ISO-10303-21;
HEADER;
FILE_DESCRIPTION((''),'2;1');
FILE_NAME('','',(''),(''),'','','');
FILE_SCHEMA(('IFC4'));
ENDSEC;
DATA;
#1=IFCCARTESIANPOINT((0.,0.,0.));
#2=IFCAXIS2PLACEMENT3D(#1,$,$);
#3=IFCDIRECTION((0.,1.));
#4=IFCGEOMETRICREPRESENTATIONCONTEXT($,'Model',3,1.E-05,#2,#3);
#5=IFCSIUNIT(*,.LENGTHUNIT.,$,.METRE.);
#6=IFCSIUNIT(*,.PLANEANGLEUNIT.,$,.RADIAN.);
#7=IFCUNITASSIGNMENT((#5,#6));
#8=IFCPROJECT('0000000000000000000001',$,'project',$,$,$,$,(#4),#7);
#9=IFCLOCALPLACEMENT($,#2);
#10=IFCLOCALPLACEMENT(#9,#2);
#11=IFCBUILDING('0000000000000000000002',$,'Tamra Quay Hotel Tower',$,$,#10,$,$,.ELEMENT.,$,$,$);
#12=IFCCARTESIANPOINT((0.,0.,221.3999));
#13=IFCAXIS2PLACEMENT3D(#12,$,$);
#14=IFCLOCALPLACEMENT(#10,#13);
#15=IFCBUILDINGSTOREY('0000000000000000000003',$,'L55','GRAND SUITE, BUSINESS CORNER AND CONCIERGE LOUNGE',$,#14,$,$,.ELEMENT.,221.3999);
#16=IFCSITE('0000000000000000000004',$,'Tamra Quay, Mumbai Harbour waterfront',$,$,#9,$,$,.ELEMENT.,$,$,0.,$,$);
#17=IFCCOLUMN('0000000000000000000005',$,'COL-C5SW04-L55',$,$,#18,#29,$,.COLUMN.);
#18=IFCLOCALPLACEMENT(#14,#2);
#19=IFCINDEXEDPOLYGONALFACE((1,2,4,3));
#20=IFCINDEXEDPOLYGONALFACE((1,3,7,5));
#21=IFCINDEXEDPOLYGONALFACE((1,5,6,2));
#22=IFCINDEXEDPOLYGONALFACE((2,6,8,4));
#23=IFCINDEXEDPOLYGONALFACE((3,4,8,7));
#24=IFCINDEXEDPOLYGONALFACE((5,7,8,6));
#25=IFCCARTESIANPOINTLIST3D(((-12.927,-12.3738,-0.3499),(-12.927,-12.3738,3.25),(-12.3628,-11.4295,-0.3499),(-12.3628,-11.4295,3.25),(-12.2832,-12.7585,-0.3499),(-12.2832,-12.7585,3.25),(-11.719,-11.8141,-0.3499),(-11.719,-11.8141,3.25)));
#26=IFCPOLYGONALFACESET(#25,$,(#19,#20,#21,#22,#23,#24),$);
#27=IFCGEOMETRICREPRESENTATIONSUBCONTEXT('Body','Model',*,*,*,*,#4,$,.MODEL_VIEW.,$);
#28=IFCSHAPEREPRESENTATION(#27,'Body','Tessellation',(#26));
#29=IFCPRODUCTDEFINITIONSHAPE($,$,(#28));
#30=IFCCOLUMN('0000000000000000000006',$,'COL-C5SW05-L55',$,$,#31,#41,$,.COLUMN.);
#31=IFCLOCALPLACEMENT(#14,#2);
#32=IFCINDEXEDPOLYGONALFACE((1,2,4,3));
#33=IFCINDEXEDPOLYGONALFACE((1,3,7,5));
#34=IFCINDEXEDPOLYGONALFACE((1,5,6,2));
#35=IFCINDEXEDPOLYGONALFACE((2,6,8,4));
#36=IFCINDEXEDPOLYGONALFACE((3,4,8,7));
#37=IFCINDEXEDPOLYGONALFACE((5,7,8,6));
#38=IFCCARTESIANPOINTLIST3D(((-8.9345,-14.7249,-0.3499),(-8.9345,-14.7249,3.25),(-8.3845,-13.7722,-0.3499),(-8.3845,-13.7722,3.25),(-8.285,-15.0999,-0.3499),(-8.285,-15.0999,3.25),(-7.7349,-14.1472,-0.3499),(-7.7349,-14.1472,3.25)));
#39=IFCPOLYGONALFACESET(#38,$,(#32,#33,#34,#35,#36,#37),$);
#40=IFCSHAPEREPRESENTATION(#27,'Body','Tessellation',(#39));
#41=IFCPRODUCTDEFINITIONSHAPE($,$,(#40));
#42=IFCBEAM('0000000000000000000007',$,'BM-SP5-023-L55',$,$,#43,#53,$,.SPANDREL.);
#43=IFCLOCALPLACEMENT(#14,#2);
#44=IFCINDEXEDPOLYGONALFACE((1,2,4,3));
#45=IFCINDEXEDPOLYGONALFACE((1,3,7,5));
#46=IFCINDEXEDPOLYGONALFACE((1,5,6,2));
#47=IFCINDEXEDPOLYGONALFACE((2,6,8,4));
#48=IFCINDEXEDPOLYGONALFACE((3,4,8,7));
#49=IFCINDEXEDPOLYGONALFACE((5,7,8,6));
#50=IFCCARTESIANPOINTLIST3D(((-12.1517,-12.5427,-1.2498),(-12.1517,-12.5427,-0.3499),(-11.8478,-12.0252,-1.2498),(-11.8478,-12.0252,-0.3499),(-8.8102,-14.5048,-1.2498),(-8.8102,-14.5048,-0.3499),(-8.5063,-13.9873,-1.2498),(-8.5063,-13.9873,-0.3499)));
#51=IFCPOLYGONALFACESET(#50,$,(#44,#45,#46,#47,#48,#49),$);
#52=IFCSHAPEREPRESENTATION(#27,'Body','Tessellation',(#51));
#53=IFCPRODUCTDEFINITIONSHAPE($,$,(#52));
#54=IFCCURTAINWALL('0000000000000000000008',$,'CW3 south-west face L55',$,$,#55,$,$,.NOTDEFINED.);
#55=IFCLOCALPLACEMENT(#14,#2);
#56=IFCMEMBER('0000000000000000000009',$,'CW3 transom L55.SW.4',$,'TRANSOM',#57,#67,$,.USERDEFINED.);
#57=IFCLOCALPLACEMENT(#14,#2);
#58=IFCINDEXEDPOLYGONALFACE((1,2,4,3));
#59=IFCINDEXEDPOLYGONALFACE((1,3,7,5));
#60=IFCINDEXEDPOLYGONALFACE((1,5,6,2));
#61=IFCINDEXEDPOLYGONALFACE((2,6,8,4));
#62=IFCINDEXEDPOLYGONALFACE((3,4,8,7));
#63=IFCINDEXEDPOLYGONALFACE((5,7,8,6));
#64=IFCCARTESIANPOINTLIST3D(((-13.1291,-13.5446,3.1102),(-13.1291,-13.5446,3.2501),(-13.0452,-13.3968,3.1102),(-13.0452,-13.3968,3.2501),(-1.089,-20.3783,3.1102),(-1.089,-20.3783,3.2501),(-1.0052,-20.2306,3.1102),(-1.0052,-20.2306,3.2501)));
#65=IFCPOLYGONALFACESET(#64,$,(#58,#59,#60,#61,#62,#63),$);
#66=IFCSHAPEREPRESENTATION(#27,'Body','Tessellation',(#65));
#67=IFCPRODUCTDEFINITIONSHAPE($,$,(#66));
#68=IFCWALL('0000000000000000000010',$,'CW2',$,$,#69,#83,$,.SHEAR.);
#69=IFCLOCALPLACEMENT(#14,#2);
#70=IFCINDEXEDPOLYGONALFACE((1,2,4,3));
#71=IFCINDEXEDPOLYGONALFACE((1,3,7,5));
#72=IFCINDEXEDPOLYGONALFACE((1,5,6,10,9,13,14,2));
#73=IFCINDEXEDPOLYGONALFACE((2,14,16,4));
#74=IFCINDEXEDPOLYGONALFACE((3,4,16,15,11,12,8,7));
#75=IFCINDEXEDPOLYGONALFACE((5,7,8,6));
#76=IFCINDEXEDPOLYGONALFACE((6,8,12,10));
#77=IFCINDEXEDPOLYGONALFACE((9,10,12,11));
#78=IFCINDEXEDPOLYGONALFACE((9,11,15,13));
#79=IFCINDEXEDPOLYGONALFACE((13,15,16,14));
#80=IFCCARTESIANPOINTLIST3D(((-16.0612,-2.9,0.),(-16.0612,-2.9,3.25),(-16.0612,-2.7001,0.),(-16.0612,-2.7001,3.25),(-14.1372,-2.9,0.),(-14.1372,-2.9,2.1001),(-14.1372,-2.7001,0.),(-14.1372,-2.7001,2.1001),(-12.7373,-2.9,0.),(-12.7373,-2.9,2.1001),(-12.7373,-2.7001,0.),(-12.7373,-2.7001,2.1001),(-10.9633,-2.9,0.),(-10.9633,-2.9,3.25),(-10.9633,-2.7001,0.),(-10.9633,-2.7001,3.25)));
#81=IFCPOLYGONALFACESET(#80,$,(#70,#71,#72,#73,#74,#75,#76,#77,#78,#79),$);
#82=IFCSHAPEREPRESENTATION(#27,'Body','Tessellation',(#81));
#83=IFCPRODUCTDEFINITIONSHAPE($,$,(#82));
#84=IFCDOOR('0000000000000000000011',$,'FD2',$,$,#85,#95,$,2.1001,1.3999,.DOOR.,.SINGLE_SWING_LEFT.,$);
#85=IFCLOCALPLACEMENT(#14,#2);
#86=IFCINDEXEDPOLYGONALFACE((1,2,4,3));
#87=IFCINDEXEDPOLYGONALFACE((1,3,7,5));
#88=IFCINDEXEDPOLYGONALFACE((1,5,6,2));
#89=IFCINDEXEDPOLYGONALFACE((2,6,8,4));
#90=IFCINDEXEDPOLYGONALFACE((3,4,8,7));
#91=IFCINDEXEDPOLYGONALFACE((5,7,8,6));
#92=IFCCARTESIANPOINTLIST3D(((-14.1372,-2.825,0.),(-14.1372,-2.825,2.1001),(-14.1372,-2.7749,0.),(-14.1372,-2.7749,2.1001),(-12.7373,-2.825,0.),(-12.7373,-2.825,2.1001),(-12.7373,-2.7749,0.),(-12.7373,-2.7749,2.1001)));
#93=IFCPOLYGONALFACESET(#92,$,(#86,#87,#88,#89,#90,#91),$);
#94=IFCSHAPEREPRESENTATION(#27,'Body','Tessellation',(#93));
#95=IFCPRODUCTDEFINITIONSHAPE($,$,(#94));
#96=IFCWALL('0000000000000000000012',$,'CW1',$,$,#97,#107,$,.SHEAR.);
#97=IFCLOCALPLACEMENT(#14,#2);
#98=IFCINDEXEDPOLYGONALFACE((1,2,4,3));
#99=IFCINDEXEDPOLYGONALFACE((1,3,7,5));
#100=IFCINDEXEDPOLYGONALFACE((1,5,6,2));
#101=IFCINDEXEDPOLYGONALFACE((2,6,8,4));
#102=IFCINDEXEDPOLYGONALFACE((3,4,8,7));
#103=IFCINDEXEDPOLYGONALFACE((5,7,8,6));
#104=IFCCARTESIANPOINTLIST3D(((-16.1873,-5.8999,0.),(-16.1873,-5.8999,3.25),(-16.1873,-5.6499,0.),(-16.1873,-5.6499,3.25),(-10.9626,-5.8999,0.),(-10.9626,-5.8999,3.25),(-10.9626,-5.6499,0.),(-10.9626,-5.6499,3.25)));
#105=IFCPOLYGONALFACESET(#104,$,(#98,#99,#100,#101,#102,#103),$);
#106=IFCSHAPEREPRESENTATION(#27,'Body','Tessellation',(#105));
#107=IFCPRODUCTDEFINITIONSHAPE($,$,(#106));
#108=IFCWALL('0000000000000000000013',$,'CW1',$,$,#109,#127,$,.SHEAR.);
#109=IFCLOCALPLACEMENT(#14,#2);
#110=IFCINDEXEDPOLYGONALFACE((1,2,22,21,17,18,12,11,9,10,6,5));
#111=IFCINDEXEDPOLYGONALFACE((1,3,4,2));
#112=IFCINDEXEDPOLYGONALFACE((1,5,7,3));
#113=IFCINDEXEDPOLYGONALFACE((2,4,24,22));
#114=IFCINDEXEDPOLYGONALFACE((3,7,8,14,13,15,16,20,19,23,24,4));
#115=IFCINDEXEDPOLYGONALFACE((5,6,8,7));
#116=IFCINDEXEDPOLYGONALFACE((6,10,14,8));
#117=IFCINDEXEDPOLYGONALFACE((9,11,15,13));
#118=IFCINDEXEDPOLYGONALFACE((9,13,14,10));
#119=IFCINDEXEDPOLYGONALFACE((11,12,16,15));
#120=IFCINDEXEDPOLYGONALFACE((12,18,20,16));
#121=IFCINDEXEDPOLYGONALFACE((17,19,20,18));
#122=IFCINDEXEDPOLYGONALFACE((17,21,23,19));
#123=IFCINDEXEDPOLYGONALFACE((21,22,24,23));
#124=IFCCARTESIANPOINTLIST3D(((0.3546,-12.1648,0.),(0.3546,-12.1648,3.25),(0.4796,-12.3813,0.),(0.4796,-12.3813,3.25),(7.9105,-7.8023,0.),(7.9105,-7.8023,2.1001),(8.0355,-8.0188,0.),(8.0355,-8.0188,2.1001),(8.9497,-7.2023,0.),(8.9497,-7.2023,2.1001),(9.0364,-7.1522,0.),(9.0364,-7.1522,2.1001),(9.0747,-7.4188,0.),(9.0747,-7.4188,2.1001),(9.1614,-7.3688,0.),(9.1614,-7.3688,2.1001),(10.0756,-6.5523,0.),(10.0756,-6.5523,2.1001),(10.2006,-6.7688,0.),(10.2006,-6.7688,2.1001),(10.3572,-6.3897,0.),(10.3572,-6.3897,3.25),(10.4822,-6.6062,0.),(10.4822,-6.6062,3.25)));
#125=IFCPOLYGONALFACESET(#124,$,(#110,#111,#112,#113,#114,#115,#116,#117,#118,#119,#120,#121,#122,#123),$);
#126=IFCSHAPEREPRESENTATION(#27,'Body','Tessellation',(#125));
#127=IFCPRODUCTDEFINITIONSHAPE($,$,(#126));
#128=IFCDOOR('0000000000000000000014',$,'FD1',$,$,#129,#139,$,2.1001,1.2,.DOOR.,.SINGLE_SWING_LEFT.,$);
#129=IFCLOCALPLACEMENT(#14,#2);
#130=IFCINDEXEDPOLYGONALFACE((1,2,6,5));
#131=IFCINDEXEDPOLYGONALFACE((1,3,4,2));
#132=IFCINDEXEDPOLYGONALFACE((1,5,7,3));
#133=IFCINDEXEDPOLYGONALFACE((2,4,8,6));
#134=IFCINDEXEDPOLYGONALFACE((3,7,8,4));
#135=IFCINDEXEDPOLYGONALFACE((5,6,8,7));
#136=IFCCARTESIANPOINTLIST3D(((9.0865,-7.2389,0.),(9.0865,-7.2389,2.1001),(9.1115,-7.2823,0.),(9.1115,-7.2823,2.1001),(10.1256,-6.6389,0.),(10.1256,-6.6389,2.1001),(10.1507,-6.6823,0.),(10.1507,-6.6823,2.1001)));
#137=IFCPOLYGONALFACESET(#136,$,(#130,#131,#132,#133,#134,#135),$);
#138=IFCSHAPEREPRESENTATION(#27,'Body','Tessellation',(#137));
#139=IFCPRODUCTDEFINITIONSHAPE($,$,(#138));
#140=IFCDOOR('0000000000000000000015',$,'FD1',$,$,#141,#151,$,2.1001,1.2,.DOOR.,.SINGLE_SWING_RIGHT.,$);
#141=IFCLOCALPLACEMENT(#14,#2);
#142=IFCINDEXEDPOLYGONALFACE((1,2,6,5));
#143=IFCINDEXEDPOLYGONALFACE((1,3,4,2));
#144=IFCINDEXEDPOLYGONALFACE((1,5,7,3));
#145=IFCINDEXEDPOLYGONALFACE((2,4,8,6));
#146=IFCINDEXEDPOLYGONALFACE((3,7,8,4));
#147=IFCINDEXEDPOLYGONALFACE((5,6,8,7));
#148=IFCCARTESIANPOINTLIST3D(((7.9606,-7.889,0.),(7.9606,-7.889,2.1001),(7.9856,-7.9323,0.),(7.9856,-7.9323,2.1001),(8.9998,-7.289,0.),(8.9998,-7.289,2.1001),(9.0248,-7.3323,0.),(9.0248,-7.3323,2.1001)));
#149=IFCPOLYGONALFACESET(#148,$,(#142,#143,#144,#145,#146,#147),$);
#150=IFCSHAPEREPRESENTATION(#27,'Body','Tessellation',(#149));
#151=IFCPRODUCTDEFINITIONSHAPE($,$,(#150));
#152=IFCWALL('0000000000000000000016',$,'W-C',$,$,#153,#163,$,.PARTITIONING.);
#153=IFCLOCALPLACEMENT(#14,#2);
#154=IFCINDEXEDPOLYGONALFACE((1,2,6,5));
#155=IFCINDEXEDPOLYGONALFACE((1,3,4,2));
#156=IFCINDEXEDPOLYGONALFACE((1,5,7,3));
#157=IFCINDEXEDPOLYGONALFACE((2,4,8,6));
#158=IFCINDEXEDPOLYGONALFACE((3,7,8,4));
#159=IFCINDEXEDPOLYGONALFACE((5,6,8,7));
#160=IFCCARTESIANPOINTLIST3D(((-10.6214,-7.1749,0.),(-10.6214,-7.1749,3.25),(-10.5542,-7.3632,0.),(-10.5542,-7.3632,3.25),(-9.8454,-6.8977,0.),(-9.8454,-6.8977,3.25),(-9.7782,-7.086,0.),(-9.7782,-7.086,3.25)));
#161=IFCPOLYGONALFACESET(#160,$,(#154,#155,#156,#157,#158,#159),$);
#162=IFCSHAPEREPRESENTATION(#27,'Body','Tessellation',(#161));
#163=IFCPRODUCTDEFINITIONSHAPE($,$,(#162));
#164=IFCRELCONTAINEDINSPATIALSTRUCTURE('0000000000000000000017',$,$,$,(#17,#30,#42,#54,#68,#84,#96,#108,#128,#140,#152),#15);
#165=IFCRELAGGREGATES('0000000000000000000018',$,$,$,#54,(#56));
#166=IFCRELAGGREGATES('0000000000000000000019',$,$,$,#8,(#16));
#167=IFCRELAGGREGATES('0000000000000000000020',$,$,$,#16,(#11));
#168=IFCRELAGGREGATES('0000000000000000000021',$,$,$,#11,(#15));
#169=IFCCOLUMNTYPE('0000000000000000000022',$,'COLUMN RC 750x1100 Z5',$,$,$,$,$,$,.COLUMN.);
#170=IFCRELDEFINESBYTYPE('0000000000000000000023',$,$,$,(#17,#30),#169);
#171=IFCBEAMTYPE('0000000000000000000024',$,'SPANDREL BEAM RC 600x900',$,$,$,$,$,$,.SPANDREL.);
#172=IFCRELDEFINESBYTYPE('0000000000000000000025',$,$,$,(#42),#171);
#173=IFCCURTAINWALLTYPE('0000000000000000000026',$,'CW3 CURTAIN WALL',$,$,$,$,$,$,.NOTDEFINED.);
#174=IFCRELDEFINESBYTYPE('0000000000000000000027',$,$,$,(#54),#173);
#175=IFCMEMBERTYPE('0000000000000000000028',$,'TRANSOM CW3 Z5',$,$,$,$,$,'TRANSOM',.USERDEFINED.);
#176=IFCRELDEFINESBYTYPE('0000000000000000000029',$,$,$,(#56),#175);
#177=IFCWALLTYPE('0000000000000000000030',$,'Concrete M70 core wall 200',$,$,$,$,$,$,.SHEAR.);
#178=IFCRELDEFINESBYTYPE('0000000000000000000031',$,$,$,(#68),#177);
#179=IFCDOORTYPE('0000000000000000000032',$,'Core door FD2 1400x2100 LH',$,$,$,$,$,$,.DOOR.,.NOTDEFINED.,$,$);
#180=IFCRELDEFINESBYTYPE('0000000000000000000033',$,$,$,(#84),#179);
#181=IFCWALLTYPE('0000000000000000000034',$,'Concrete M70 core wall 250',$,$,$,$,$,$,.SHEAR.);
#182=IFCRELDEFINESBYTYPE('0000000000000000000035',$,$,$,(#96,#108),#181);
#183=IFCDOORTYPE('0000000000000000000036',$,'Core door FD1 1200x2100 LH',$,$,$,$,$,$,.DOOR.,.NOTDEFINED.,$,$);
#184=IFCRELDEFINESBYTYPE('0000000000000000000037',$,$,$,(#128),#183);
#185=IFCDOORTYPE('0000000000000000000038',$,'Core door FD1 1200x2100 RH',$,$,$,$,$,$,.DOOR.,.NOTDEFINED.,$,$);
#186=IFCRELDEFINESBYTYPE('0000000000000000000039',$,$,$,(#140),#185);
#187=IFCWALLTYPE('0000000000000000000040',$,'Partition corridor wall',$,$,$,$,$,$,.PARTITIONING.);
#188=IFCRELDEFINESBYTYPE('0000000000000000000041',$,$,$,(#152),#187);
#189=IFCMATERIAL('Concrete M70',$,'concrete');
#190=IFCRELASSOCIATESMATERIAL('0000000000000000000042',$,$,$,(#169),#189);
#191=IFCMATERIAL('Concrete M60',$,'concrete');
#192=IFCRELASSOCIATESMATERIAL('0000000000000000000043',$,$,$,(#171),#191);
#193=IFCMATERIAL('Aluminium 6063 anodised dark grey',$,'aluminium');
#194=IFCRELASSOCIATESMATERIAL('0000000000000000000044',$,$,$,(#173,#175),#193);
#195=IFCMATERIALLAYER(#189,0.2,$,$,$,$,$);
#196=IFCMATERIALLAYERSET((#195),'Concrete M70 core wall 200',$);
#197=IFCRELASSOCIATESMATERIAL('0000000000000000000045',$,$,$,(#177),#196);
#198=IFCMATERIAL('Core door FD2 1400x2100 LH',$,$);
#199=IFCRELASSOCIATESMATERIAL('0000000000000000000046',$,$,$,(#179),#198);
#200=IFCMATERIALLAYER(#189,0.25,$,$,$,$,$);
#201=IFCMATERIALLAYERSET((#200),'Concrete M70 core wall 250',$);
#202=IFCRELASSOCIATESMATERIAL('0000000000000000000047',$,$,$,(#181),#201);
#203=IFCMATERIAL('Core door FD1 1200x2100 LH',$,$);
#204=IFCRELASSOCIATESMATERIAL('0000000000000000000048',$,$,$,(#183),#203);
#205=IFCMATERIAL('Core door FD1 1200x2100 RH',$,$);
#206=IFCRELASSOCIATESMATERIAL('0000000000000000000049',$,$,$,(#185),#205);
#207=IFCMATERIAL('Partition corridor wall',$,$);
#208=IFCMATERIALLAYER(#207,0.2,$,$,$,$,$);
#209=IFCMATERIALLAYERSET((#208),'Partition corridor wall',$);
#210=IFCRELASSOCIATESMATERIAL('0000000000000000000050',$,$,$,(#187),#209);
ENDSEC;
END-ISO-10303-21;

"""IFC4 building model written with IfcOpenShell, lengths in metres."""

from ifc_helpers import new_model, si_unit, direction, frame, frame_2d, origin, origin_2d, place, context, subcontext, project, spatial, rectangle, extrude, material, layer, layer_set, material_profile, profile_set, type_object, element, fill, aggregate, save


model = new_model("IFC4")

# Units and contexts
model_context = context("Model", 3, precision=1e-05, world=origin(), true_north=direction((0.0, 1.0)))
body_context = subcontext(model_context, "Body", "Model", "MODEL_VIEW")
ifc_project = project(units=[si_unit("LENGTHUNIT", "METRE"), si_unit("PLANEANGLEUNIT", "RADIAN")], contexts=[model_context])

# Site, building, storey
site_placement = place(None, origin())
site = spatial("IfcSite", under=ifc_project, at=site_placement, Name="Tamra Quay, Mumbai Harbour waterfront", CompositionType="ELEMENT", RefElevation=0.0)
building_placement = place(site_placement, origin())
building = spatial("IfcBuilding", under=site, at=building_placement, Name="Tamra Quay Hotel Tower", CompositionType="ELEMENT")
storey_placement = place(building_placement, frame((0.0, 0.0, 221.3999)))
storey = spatial("IfcBuildingStorey", under=building, at=storey_placement, Name="L55", Description="GRAND SUITE, BUSINESS CORNER AND CONCIERGE LOUNGE", CompositionType="ELEMENT", Elevation=221.3999)

# Columns
ifc_material_1 = material(Name="Concrete M70", Category="concrete")
ifc_material_profile_1 = material_profile(ifc_material_1, rectangle(XDim=1.1001, YDim=0.75, at=origin_2d()), Name="COLUMN RC 750x1100 Z5")
ifc_profile_set_1 = profile_set([ifc_material_profile_1], Name="Concrete M70")
column_type = type_object("IfcColumnType", Name="COLUMN RC 750x1100 Z5", PredefinedType="COLUMN", material=ifc_profile_set_1)
for number, where, z_axis, x_axis, name in (
    (1, (-12.323, -12.094, -0.3499), (0.0, 0.0, 1.0), (0.512899, 0.858449, 0.0), "COL-C5SW04-L55"),
    (2, (-8.3347, -14.436, -0.3499), (0.0, 0.0, 1.0), (0.5, 0.866025, 0.0), "COL-C5SW05-L55"),
):
    element("IfcColumn", number, at=place(storey_placement, frame(where, z_axis=z_axis, x_axis=x_axis)), inside=storey, type_object=column_type, Name=name, PredefinedType="COLUMN", context=body_context, shape_type="SweptSolid", body=[
        extrude(rectangle(XDim=1.1001, YDim=0.75, at=origin_2d()), origin(), (0.0, 0.0, 1.0), 3.5999),
    ])

# Beam
ifc_material_2 = material(Name="Concrete M60", Category="concrete")
ifc_material_profile_2 = material_profile(ifc_material_2, rectangle(XDim=0.6001, YDim=0.8999, at=origin_2d()), Name="SPANDREL BEAM RC 600x900")
ifc_profile_set_2 = profile_set([ifc_material_profile_2], Name="Concrete M60")
beam_type = type_object("IfcBeamType", Name="SPANDREL BEAM RC 600x900", PredefinedType="SPANDREL", material=ifc_profile_set_2)
beam_placement = place(storey_placement, frame((-11.9998, -12.2839, -0.7998), z_axis=(0.862324, -0.506356, 0.0), x_axis=(0.506356, 0.862324, 0.0)))
element("IfcBeam", 3, at=beam_placement, inside=storey, type_object=beam_type, Name="BM-SP5-023-L55", PredefinedType="SPANDREL", context=body_context, shape_type="SweptSolid", body=[
    extrude(rectangle(XDim=0.6001, YDim=0.8999, at=origin_2d()), origin(), (0.0, 0.0, 1.0), 3.875),
])

# Curtain wall, member
ifc_material_3 = material(Name="Aluminium 6063 anodised dark grey", Category="aluminium")
curtain_wall_type = type_object("IfcCurtainWallType", Name="CW3 CURTAIN WALL", PredefinedType="NOTDEFINED", material=ifc_material_3)
curtain_wall_placement = place(storey_placement, origin())
curtain_wall = element("IfcCurtainWall", 4, at=curtain_wall_placement, inside=storey, type_object=curtain_wall_type, Name="CW3 south-west face L55", PredefinedType="NOTDEFINED")
ifc_material_profile_3 = material_profile(ifc_material_3, rectangle(XDim=0.1699, YDim=0.1399, at=origin_2d()), Name="TRANSOM 170X140")
ifc_profile_set_3 = profile_set([ifc_material_profile_3], Name="Aluminium 6063 anodised dark grey")
member_type = type_object("IfcMemberType", Name="TRANSOM CW3 Z5", ElementType="TRANSOM", PredefinedType="USERDEFINED", material=ifc_profile_set_3)
member_placement = place(storey_placement, frame((-13.0872, -13.4707, 3.1802), z_axis=(0.86968, -0.493617, 0.0), x_axis=(0.493617, 0.86968, 0.0)))
member = element("IfcMember", 5, at=member_placement, type_object=member_type, Name="CW3 transom L55.SW.4", ObjectType="TRANSOM", PredefinedType="USERDEFINED", context=body_context, shape_type="SweptSolid", body=[
    extrude(rectangle(XDim=0.1699, YDim=0.1399, at=origin_2d()), origin(), (0.0, 0.0, 1.0), 13.8442),
])
aggregate(curtain_wall, [member])

# Wall, opening, door
ifc_layer_1 = layer(ifc_material_1, 0.2)
ifc_layer_set_1 = layer_set([ifc_layer_1], Name="Concrete M70 core wall 200")
wall_type_1 = type_object("IfcWallType", Name="Concrete M70 core wall 200", PredefinedType="SHEAR", material=ifc_layer_set_1)
wall_1_placement = place(storey_placement, frame((-10.9634, -2.8, 0.0), z_axis=(0.0, 0.0, 1.0), x_axis=(-1.0, 0.0, 0.0)))
wall_1 = element("IfcWall", 6, at=wall_1_placement, inside=storey, type_object=wall_type_1, Name="CW2", PredefinedType="SHEAR", context=body_context, shape_type="SweptSolid", body=[
    extrude(rectangle(XDim=5.0979, YDim=0.2, at=frame_2d((2.5488, 0.0))), origin(), (0.0, 0.0, 1.0), 3.25),
])
opening_1_placement = place(wall_1_placement, frame((1.7739, 0.0, 0.0)))
opening_1 = element("IfcOpeningElement", 7, at=opening_1_placement, cuts=wall_1, PredefinedType="OPENING", context=body_context, shape_type="SweptSolid", body=[
    extrude(rectangle(XDim=1.3999, YDim=2.1001, at=frame_2d((0.7, 1.05))), frame((0.0, 0.1099, 0.0), z_axis=(0.0, -1.0, 0.0), x_axis=(1.0, 0.0, 0.0)), (0.0, 0.0, 1.0), 0.22),
])
ifc_material_4 = material(Name="Core door FD2 1400x2100 LH")
door_type_1 = type_object("IfcDoorType", Name="Core door FD2 1400x2100 LH", OperationType="NOTDEFINED", PredefinedType="DOOR", material=ifc_material_4)
door_1_placement = place(opening_1_placement, origin())
door_1 = element("IfcDoor", 8, at=door_1_placement, inside=storey, type_object=door_type_1, Name="FD2", OperationType="SINGLE_SWING_LEFT", OverallHeight=2.1001, OverallWidth=1.3999, PredefinedType="DOOR", context=body_context, shape_type="SweptSolid", body=[
    extrude(rectangle(XDim=1.3999, YDim=2.1001, at=frame_2d((0.7, 1.05))), frame((0.0, 0.0249, 0.0), z_axis=(0.0, -1.0, 0.0), x_axis=(1.0, 0.0, 0.0)), (0.0, 0.0, 1.0), 0.05),
])
fill(opening_1, door_1)

# Wall
ifc_layer_2 = layer(ifc_material_1, 0.25)
ifc_layer_set_2 = layer_set([ifc_layer_2], Name="Concrete M70 core wall 250")
wall_type_2 = type_object("IfcWallType", Name="Concrete M70 core wall 250", PredefinedType="SHEAR", material=ifc_layer_set_2)
wall_2_placement = place(storey_placement, frame((-10.9626, -5.7749, 0.0), z_axis=(0.0, 0.0, 1.0), x_axis=(-1.0, 0.0, 0.0)))
element("IfcWall", 9, at=wall_2_placement, inside=storey, type_object=wall_type_2, Name="CW1", PredefinedType="SHEAR", context=body_context, shape_type="SweptSolid", body=[
    extrude(rectangle(XDim=5.2246, YDim=0.25, at=frame_2d((2.6123, 0.0))), origin(), (0.0, 0.0, 1.0), 3.25),
])

# Wall, openings, doors
wall_3_placement = place(storey_placement, frame((0.4172, -12.2729, 0.0), z_axis=(0.0, 0.0, 1.0), x_axis=(0.866022, 0.500006, 0.0)))
wall_3 = element("IfcWall", 10, at=wall_3_placement, inside=storey, type_object=wall_type_2, Name="CW1", PredefinedType="SHEAR", context=body_context, shape_type="SweptSolid", body=[
    extrude(rectangle(XDim=11.55, YDim=0.25, at=frame_2d((5.7749, 0.0))), origin(), (0.0, 0.0, 1.0), 3.25),
])
opening_2_placement = place(wall_3_placement, frame((10.0247, 0.0, 0.0)))
opening_2 = element("IfcOpeningElement", 11, at=opening_2_placement, cuts=wall_3, PredefinedType="OPENING", context=body_context, shape_type="SweptSolid", body=[
    extrude(rectangle(XDim=1.2, YDim=2.1001, at=frame_2d((0.6001, 1.05))), frame((0.0, 0.135, 0.0), z_axis=(0.0, -1.0, 0.0), x_axis=(1.0, 0.0, 0.0)), (0.0, 0.0, 1.0), 0.27),
])
opening_3_placement = place(wall_3_placement, frame((8.7246, 0.0, 0.0)))
opening_3 = element("IfcOpeningElement", 12, at=opening_3_placement, cuts=wall_3, PredefinedType="OPENING", context=body_context, shape_type="SweptSolid", body=[
    extrude(rectangle(XDim=1.2, YDim=2.1001, at=frame_2d((0.6001, 1.05))), frame((0.0, 0.135, 0.0), z_axis=(0.0, -1.0, 0.0), x_axis=(1.0, 0.0, 0.0)), (0.0, 0.0, 1.0), 0.27),
])
ifc_material_5 = material(Name="Core door FD1 1200x2100 LH")
door_type_2 = type_object("IfcDoorType", Name="Core door FD1 1200x2100 LH", OperationType="NOTDEFINED", PredefinedType="DOOR", material=ifc_material_5)
door_2_placement = place(opening_2_placement, origin())
door_2 = element("IfcDoor", 13, at=door_2_placement, inside=storey, type_object=door_type_2, Name="FD1", OperationType="SINGLE_SWING_LEFT", OverallHeight=2.1001, OverallWidth=1.2, PredefinedType="DOOR", context=body_context, shape_type="SweptSolid", body=[
    extrude(rectangle(XDim=1.2, YDim=2.1001, at=frame_2d((0.6001, 1.05))), frame((0.0, 0.0249, 0.0), z_axis=(0.0, -1.0, 0.0), x_axis=(1.0, 0.0, 0.0)), (0.0, 0.0, 1.0), 0.05),
])
fill(opening_2, door_2)
ifc_material_6 = material(Name="Core door FD1 1200x2100 RH")
door_type_3 = type_object("IfcDoorType", Name="Core door FD1 1200x2100 RH", OperationType="NOTDEFINED", PredefinedType="DOOR", material=ifc_material_6)
door_3_placement = place(opening_3_placement, origin())
door_3 = element("IfcDoor", 14, at=door_3_placement, inside=storey, type_object=door_type_3, Name="FD1", OperationType="SINGLE_SWING_RIGHT", OverallHeight=2.1001, OverallWidth=1.2, PredefinedType="DOOR", context=body_context, shape_type="SweptSolid", body=[
    extrude(rectangle(XDim=1.2, YDim=2.1001, at=frame_2d((0.6001, 1.05))), frame((0.0, 0.0249, 0.0), z_axis=(0.0, -1.0, 0.0), x_axis=(1.0, 0.0, 0.0)), (0.0, 0.0, 1.0), 0.05),
])
fill(opening_3, door_3)

# Wall
ifc_material_7 = material(Name="Partition corridor wall")
ifc_layer_3 = layer(ifc_material_7, 0.2)
ifc_layer_set_3 = layer_set([ifc_layer_3], Name="Partition corridor wall")
wall_type_3 = type_object("IfcWallType", Name="Partition corridor wall", PredefinedType="PARTITIONING", material=ifc_layer_set_3)
wall_4_placement = place(storey_placement, frame((-10.5879, -7.269, 0.0), z_axis=(0.0, 0.0, 1.0), x_axis=(0.941742, 0.336336, 0.0)))
element("IfcWall", 15, at=wall_4_placement, inside=storey, type_object=wall_type_3, Name="W-C", PredefinedType="PARTITIONING", context=body_context, shape_type="SweptSolid", body=[
    extrude(rectangle(XDim=0.824, YDim=0.2, at=frame_2d((0.4121, 0.0))), origin(), (0.0, 0.0, 1.0), 3.25),
])

save(model, "model.ifc")
